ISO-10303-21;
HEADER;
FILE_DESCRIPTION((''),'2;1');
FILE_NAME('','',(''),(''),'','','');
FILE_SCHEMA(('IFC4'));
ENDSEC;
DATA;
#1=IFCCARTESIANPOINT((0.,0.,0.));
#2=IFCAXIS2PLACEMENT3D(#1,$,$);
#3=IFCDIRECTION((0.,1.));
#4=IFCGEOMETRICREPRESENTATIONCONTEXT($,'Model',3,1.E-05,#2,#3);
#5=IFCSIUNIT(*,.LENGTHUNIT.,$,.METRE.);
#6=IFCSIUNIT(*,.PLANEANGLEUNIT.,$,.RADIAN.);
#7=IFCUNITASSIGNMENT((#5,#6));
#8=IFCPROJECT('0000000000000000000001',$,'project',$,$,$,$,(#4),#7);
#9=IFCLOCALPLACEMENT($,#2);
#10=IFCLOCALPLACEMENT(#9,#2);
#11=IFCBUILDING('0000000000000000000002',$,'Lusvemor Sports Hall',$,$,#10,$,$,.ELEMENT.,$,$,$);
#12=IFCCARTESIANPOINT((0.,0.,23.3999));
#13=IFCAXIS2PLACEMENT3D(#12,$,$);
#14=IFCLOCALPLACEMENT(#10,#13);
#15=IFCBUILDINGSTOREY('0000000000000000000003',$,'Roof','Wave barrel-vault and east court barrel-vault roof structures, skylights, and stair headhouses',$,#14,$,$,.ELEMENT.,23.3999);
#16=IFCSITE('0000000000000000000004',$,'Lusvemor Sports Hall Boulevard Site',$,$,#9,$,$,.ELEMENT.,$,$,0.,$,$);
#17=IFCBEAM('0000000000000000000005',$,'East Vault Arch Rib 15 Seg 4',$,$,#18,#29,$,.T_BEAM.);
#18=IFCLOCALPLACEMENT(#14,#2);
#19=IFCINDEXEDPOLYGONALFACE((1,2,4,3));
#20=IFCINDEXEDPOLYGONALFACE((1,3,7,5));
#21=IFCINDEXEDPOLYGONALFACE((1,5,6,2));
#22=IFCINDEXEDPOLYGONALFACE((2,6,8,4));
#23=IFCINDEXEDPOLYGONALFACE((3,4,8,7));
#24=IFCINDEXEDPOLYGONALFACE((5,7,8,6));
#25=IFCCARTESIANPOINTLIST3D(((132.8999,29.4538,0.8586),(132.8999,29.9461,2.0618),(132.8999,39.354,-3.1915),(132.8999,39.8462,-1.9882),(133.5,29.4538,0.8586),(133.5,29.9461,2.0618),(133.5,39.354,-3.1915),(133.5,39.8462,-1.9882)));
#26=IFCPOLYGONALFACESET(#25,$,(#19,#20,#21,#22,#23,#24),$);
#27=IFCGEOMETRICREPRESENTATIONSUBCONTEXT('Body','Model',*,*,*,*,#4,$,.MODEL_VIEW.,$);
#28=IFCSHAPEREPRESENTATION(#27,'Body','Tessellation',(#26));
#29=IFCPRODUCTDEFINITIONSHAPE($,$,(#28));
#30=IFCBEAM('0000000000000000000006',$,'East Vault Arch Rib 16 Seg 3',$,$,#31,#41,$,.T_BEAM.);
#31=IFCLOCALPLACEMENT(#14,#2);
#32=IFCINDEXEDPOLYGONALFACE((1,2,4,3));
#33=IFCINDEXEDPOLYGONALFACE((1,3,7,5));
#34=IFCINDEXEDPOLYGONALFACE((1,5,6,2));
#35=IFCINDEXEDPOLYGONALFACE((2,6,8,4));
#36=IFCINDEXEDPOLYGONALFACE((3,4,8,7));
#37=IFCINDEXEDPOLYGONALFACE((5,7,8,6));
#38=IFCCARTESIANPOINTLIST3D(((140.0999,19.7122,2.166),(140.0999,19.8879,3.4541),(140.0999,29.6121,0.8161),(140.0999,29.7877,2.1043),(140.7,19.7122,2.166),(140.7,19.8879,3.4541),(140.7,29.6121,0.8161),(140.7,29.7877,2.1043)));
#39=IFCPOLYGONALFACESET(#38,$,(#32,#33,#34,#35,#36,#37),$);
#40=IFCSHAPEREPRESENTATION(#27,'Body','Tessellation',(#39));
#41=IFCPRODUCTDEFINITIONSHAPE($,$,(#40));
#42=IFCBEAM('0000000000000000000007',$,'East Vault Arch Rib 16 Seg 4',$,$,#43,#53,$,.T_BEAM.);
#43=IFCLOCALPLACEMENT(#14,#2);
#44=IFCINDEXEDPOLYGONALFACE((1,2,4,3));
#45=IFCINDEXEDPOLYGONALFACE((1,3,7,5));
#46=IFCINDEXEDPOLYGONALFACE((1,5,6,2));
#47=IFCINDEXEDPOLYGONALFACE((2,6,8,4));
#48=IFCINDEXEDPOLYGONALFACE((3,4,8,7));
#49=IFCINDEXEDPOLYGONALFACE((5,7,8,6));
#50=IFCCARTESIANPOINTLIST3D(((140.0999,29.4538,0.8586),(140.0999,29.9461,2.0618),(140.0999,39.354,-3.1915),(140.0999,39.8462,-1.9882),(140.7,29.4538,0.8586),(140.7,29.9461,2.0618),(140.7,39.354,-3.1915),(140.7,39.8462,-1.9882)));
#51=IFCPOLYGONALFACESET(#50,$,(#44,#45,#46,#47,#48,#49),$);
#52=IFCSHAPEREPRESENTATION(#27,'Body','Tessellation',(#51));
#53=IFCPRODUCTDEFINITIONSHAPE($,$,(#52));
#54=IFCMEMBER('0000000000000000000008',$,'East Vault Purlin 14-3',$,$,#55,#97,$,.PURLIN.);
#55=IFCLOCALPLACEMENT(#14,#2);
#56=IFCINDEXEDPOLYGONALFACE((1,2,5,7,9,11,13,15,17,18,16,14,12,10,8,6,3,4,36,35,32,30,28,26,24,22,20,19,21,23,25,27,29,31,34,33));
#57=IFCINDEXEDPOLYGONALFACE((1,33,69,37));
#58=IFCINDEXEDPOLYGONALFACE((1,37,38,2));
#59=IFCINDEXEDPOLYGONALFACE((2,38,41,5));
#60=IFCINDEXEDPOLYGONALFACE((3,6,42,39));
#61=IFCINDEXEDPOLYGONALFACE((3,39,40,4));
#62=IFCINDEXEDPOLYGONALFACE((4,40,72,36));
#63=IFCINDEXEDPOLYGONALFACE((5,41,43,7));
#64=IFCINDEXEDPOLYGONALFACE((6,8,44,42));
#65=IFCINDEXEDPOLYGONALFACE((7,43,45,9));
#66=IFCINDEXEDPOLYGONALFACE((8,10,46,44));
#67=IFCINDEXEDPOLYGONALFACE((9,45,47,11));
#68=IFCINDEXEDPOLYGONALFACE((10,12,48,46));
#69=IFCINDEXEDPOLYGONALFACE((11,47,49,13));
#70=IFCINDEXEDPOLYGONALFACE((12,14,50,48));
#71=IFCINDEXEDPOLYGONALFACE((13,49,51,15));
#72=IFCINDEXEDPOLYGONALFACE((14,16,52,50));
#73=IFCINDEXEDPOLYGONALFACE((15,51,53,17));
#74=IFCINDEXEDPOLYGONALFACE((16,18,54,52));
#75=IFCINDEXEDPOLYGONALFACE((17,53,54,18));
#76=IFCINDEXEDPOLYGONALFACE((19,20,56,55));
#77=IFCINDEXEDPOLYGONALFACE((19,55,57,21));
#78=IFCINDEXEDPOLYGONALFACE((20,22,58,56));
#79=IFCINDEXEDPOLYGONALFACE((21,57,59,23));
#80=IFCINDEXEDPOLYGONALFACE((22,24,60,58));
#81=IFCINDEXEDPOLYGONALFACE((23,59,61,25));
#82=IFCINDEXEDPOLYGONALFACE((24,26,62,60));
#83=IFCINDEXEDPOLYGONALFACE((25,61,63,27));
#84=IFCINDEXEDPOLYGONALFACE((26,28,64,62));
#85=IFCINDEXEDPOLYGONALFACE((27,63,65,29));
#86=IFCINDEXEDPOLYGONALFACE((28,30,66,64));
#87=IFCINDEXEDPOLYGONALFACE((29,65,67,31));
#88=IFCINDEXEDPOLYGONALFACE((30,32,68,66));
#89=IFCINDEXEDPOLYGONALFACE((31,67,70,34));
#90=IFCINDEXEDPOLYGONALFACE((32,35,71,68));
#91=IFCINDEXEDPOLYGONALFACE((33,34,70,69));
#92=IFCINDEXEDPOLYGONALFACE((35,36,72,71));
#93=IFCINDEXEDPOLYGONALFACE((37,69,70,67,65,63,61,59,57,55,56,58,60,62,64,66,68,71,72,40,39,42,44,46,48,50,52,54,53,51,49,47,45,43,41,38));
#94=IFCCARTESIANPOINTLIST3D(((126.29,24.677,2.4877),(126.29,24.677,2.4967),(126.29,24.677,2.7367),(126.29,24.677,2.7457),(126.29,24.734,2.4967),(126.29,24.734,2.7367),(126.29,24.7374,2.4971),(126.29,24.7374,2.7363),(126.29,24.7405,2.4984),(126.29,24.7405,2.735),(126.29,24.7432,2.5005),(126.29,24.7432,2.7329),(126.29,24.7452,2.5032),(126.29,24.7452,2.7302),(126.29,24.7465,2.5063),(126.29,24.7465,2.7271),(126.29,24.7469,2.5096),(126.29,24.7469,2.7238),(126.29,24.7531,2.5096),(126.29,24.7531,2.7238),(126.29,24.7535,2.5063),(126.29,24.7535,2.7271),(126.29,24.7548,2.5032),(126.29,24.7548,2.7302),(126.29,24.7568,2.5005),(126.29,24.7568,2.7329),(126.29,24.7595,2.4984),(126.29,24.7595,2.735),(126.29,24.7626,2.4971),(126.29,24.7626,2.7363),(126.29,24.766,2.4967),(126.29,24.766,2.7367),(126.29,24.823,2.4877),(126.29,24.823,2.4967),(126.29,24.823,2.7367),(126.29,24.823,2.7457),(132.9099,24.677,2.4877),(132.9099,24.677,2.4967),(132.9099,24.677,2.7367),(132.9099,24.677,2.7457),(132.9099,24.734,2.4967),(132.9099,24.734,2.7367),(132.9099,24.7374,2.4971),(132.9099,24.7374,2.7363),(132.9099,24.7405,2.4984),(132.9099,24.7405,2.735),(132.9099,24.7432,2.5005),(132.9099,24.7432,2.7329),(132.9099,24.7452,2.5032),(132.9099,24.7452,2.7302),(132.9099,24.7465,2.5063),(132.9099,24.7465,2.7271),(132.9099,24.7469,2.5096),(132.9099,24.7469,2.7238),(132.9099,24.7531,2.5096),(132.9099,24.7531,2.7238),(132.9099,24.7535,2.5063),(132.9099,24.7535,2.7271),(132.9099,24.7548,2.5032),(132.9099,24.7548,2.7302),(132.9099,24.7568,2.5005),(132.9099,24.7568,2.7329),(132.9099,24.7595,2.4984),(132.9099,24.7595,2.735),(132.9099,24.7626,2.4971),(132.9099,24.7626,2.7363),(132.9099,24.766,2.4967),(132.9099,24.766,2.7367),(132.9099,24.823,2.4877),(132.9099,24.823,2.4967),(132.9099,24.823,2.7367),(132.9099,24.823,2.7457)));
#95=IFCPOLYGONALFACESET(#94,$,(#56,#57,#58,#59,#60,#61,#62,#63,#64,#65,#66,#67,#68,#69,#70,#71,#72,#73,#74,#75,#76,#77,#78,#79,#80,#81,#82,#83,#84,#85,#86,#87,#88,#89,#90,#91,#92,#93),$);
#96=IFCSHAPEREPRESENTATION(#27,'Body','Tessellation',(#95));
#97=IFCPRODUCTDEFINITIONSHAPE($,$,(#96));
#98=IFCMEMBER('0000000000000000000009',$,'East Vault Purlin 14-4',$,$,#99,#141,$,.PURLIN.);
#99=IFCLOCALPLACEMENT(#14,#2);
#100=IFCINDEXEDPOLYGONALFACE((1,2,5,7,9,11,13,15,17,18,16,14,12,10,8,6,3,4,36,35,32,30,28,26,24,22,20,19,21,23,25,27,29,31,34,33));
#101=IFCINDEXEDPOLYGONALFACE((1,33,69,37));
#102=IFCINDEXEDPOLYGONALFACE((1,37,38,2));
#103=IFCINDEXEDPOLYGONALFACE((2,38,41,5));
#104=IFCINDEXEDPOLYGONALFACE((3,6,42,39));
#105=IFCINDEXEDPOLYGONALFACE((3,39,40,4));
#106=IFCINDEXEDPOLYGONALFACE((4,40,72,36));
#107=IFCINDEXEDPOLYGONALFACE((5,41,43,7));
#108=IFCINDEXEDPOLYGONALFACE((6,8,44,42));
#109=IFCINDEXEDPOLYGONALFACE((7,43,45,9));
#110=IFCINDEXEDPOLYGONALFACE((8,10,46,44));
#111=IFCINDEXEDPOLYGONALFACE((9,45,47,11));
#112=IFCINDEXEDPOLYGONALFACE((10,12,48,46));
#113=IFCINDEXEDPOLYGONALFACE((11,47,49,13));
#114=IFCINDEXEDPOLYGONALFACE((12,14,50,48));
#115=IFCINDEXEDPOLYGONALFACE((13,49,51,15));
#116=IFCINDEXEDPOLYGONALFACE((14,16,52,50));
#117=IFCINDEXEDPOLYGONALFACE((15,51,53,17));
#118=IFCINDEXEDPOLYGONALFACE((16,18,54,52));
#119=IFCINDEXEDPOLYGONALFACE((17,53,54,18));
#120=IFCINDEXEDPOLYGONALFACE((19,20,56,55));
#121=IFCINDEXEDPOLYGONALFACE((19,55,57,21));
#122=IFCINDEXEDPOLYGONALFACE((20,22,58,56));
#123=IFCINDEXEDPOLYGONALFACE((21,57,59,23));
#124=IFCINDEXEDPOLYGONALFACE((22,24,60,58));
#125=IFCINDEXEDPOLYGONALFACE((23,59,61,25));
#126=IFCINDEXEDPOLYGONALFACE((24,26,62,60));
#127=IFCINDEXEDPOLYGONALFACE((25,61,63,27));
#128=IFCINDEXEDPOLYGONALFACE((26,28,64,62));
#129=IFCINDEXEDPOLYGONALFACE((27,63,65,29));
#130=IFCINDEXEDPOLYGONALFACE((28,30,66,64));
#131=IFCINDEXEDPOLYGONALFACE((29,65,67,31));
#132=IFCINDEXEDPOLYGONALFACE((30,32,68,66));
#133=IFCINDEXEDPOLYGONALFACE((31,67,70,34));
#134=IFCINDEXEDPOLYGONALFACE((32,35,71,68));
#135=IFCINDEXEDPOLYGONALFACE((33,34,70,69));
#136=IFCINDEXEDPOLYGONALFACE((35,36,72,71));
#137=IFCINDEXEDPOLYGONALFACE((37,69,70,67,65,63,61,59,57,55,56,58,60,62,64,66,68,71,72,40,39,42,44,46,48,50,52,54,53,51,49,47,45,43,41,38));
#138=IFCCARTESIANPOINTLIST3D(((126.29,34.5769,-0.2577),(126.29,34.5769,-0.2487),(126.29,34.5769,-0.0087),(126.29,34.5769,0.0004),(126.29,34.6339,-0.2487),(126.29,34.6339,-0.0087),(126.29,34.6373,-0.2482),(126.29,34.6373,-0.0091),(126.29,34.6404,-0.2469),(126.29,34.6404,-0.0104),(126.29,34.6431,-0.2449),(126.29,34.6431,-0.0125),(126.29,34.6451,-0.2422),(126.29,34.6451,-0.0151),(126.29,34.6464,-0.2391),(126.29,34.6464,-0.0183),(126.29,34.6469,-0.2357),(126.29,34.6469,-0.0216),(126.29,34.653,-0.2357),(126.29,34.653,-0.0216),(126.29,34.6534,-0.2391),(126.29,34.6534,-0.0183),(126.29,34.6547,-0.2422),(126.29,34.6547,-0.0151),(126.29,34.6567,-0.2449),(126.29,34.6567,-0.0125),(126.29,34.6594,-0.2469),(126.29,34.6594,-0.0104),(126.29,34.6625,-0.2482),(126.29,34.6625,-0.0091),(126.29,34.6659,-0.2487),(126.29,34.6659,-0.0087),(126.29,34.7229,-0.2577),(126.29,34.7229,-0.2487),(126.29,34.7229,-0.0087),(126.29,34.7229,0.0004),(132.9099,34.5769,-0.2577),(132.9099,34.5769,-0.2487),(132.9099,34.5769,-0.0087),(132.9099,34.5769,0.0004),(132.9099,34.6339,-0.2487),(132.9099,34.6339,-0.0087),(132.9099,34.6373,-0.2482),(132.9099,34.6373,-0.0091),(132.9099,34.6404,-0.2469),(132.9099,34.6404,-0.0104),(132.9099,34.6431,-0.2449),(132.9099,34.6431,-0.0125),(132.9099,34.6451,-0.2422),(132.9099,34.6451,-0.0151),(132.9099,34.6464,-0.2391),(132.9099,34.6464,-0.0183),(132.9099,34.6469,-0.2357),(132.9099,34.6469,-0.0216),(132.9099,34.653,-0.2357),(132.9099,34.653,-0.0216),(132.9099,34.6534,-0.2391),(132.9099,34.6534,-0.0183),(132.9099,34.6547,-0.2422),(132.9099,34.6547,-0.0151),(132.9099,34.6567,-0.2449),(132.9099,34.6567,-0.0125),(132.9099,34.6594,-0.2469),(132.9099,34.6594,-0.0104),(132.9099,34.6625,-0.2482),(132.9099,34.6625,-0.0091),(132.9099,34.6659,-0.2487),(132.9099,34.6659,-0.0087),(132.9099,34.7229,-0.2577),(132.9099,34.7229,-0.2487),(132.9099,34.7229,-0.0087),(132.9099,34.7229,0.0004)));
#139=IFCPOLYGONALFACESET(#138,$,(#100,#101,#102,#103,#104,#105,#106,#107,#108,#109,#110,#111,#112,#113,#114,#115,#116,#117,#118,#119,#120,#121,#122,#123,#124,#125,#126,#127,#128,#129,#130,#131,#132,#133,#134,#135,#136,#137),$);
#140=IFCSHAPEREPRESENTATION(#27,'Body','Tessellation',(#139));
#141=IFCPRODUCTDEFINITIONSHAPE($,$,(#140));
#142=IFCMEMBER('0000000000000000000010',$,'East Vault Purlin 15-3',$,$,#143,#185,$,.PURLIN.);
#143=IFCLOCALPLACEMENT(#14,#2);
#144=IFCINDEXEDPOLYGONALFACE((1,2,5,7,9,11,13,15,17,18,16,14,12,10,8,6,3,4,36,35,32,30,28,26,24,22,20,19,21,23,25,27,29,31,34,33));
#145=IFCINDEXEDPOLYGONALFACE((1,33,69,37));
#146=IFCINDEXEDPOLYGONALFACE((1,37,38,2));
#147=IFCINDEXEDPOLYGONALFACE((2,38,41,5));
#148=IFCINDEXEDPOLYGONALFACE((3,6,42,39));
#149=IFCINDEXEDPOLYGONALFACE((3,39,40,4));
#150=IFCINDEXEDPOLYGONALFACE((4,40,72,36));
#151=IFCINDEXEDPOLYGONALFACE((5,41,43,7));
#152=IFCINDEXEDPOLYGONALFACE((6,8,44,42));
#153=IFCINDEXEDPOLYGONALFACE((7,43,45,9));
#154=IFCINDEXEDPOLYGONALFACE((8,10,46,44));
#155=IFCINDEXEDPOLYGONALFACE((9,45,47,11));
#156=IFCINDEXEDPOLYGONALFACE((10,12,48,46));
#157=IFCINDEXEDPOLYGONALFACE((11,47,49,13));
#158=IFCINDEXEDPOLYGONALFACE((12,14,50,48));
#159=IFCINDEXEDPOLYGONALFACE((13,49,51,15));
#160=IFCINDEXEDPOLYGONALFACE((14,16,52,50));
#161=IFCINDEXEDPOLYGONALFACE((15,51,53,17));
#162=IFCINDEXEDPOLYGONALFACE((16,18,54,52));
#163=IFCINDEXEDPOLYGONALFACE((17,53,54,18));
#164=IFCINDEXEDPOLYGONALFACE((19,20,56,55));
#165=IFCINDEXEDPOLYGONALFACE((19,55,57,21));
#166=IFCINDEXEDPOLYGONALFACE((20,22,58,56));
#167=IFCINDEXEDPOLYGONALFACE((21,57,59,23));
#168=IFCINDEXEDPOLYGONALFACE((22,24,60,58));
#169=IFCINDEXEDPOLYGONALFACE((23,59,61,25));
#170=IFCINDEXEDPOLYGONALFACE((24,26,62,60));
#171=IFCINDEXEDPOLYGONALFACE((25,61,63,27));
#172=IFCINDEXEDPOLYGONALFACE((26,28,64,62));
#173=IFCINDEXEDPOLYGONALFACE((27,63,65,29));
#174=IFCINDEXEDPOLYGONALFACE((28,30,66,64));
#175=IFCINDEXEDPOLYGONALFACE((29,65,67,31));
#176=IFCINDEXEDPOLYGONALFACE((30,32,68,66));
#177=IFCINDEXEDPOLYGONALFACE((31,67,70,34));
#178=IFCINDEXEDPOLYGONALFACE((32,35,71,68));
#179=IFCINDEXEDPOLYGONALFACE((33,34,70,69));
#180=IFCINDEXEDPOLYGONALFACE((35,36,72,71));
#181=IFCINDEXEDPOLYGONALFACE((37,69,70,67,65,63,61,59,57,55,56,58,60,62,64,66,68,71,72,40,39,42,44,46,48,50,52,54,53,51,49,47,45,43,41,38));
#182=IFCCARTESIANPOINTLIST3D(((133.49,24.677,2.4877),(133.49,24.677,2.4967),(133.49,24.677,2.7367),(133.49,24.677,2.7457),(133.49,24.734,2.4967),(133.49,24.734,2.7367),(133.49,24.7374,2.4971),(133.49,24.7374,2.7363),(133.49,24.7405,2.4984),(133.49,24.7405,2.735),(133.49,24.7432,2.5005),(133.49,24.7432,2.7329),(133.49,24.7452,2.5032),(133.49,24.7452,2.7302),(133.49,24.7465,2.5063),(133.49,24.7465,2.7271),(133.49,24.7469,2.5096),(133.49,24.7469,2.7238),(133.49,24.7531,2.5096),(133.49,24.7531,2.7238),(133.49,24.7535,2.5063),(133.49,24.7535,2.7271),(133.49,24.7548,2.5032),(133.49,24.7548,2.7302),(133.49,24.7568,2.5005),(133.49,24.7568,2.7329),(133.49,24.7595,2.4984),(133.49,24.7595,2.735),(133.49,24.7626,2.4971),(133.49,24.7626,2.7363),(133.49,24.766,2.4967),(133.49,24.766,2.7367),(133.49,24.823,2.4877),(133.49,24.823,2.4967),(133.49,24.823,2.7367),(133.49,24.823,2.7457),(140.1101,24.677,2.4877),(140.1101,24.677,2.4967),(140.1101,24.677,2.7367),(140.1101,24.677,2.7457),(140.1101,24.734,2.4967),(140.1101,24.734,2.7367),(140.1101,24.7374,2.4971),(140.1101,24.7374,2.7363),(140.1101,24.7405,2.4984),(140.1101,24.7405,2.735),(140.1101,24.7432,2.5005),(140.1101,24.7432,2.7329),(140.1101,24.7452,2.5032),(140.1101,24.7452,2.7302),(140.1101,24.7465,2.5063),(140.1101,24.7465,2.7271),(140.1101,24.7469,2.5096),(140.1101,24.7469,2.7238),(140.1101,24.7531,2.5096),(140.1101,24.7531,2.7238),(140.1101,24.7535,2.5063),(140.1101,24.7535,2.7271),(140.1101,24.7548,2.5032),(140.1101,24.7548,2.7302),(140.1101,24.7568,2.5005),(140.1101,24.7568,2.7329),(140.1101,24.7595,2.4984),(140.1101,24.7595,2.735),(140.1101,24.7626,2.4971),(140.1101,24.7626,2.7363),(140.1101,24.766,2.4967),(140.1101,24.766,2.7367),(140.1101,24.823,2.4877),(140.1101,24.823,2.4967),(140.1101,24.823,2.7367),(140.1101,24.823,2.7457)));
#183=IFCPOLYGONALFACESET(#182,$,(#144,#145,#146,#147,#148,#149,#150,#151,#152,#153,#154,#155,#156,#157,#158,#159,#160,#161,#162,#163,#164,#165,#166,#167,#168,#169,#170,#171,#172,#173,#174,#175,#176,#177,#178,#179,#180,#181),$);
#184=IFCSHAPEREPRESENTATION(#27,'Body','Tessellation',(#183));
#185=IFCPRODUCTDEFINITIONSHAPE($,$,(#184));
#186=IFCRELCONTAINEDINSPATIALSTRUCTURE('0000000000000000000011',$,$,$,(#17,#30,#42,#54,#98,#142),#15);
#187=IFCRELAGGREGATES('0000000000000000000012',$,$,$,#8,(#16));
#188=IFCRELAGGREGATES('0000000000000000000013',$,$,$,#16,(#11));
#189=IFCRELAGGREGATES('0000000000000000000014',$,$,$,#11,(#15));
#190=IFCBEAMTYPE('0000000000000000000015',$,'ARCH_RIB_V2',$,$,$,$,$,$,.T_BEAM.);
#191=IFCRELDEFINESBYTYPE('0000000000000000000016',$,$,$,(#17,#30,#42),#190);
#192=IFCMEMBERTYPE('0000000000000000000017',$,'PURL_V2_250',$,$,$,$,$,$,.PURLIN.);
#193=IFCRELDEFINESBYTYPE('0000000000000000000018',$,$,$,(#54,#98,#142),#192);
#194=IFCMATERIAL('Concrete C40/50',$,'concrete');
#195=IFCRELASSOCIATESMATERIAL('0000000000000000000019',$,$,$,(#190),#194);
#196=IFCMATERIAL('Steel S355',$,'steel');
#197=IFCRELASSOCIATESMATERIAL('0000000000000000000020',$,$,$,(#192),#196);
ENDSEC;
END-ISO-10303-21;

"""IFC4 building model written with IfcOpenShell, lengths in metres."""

from ifc_helpers import new_model, si_unit, direction, frame, origin, origin_2d, place, context, subcontext, project, spatial, rectangle, i_section, extrude, material, material_profile, profile_set, type_object, element, save


model = new_model("IFC4")

# Units and contexts
model_context = context("Model", 3, precision=1e-05, world=origin(), true_north=direction((0.0, 1.0)))
body_context = subcontext(model_context, "Body", "Model", "MODEL_VIEW")
ifc_project = project(units=[si_unit("LENGTHUNIT", "METRE"), si_unit("PLANEANGLEUNIT", "RADIAN")], contexts=[model_context])

# Site, building, storey
site_placement = place(None, origin())
site = spatial("IfcSite", under=ifc_project, at=site_placement, Name="Lusvemor Sports Hall Boulevard Site", CompositionType="ELEMENT", RefElevation=0.0)
building_placement = place(site_placement, origin())
building = spatial("IfcBuilding", under=site, at=building_placement, Name="Lusvemor Sports Hall", CompositionType="ELEMENT")
storey_placement = place(building_placement, frame((0.0, 0.0, 23.3999)))
storey = spatial("IfcBuildingStorey", under=building, at=storey_placement, Name="Roof", Description="Wave barrel-vault and east court barrel-vault roof structures, skylights, and stair headhouses", CompositionType="ELEMENT", Elevation=23.3999)

# Beams
ifc_material_1 = material(Name="Concrete C40/50", Category="concrete")
ifc_material_profile_1 = material_profile(ifc_material_1, rectangle(XDim=0.6001, YDim=1.3, at=origin_2d()), Name="RC600x1300")
ifc_profile_set_1 = profile_set([ifc_material_profile_1], Name="Concrete C40/50")
beam_type_1 = type_object("IfcBeamType", Name="ARCH_RIB_V2", PredefinedType="T_BEAM", material=ifc_profile_set_1)
beam_1_placement = place(storey_placement, frame((133.2, 29.7, 1.4602), z_axis=(0.0, 0.925547, -0.378632), x_axis=(-1.0, 0.0, 0.0)))
element("IfcBeam", 1, at=beam_1_placement, inside=storey, type_object=beam_type_1, Name="East Vault Arch Rib 15 Seg 4", PredefinedType="T_BEAM", context=body_context, shape_type="SweptSolid", body=[
    extrude(rectangle(XDim=0.6001, YDim=1.3, at=origin_2d()), origin(), (0.0, 0.0, 1.0), 10.6965),
])
beam_2_placement = place(storey_placement, frame((140.3999, 19.8, 2.8101), z_axis=(0.0, 0.990832, -0.1351), x_axis=(-1.0, 0.0, 0.0)))
element("IfcBeam", 2, at=beam_2_placement, inside=storey, type_object=beam_type_1, Name="East Vault Arch Rib 16 Seg 3", PredefinedType="T_BEAM", context=body_context, shape_type="SweptSolid", body=[
    extrude(rectangle(XDim=0.6001, YDim=1.3, at=origin_2d()), origin(), (0.0, 0.0, 1.0), 9.9915),
])
beam_3_placement = place(storey_placement, frame((140.3999, 29.7, 1.4602), z_axis=(0.0, 0.925547, -0.378632), x_axis=(-1.0, 0.0, 0.0)))
element("IfcBeam", 3, at=beam_3_placement, inside=storey, type_object=beam_type_1, Name="East Vault Arch Rib 16 Seg 4", PredefinedType="T_BEAM", context=body_context, shape_type="SweptSolid", body=[
    extrude(rectangle(XDim=0.6001, YDim=1.3, at=origin_2d()), origin(), (0.0, 0.0, 1.0), 10.6965),
])

# Members
ifc_material_2 = material(Name="Steel S355", Category="steel")
ifc_material_profile_2 = material_profile(ifc_material_2, i_section(OverallWidth=0.146, OverallDepth=0.2581, WebThickness=0.0061, FlangeThickness=0.009, FilletRadius=0.0129, at=origin_2d()), Name="W250x32.7")
ifc_profile_set_2 = profile_set([ifc_material_profile_2], Name="Steel S355")
member_type_1 = type_object("IfcMemberType", Name="PURL_V2_250", PredefinedType="PURLIN", material=ifc_profile_set_2)
for number, where, z_axis, x_axis, name in (
    (4, (126.29, 24.75, 2.6167), (1.0, 0.0, 0.0), (0.0, 1.0, 0.0), "East Vault Purlin 14-3"),
    (5, (126.29, 34.6499, -0.1287), (1.0, 0.0, 0.0), (0.0, 1.0, 0.0), "East Vault Purlin 14-4"),
):
    element("IfcMember", number, at=place(storey_placement, frame(where, z_axis=z_axis, x_axis=x_axis)), inside=storey, type_object=member_type_1, Name=name, PredefinedType="PURLIN", context=body_context, shape_type="SweptSolid", body=[
        extrude(i_section(OverallWidth=0.146, OverallDepth=0.2581, WebThickness=0.0061, FlangeThickness=0.009, FilletRadius=0.0129, at=origin_2d()), origin(), (0.0, 0.0, 1.0), 6.6199),
    ])
for number, where, z_axis, x_axis, name in (
    (6, (133.49, 24.75, 2.6167), (1.0, 0.0, 0.0), (0.0, 1.0, 0.0), "East Vault Purlin 15-3"),
):
    element("IfcMember", number, at=place(storey_placement, frame(where, z_axis=z_axis, x_axis=x_axis)), inside=storey, type_object=member_type_1, Name=name, PredefinedType="PURLIN", context=body_context, shape_type="SweptSolid", body=[
        extrude(i_section(OverallWidth=0.146, OverallDepth=0.2581, WebThickness=0.0061, FlangeThickness=0.009, FilletRadius=0.0129, at=origin_2d()), origin(), (0.0, 0.0, 1.0), 6.6201),
    ])

save(model, "model.ifc")
